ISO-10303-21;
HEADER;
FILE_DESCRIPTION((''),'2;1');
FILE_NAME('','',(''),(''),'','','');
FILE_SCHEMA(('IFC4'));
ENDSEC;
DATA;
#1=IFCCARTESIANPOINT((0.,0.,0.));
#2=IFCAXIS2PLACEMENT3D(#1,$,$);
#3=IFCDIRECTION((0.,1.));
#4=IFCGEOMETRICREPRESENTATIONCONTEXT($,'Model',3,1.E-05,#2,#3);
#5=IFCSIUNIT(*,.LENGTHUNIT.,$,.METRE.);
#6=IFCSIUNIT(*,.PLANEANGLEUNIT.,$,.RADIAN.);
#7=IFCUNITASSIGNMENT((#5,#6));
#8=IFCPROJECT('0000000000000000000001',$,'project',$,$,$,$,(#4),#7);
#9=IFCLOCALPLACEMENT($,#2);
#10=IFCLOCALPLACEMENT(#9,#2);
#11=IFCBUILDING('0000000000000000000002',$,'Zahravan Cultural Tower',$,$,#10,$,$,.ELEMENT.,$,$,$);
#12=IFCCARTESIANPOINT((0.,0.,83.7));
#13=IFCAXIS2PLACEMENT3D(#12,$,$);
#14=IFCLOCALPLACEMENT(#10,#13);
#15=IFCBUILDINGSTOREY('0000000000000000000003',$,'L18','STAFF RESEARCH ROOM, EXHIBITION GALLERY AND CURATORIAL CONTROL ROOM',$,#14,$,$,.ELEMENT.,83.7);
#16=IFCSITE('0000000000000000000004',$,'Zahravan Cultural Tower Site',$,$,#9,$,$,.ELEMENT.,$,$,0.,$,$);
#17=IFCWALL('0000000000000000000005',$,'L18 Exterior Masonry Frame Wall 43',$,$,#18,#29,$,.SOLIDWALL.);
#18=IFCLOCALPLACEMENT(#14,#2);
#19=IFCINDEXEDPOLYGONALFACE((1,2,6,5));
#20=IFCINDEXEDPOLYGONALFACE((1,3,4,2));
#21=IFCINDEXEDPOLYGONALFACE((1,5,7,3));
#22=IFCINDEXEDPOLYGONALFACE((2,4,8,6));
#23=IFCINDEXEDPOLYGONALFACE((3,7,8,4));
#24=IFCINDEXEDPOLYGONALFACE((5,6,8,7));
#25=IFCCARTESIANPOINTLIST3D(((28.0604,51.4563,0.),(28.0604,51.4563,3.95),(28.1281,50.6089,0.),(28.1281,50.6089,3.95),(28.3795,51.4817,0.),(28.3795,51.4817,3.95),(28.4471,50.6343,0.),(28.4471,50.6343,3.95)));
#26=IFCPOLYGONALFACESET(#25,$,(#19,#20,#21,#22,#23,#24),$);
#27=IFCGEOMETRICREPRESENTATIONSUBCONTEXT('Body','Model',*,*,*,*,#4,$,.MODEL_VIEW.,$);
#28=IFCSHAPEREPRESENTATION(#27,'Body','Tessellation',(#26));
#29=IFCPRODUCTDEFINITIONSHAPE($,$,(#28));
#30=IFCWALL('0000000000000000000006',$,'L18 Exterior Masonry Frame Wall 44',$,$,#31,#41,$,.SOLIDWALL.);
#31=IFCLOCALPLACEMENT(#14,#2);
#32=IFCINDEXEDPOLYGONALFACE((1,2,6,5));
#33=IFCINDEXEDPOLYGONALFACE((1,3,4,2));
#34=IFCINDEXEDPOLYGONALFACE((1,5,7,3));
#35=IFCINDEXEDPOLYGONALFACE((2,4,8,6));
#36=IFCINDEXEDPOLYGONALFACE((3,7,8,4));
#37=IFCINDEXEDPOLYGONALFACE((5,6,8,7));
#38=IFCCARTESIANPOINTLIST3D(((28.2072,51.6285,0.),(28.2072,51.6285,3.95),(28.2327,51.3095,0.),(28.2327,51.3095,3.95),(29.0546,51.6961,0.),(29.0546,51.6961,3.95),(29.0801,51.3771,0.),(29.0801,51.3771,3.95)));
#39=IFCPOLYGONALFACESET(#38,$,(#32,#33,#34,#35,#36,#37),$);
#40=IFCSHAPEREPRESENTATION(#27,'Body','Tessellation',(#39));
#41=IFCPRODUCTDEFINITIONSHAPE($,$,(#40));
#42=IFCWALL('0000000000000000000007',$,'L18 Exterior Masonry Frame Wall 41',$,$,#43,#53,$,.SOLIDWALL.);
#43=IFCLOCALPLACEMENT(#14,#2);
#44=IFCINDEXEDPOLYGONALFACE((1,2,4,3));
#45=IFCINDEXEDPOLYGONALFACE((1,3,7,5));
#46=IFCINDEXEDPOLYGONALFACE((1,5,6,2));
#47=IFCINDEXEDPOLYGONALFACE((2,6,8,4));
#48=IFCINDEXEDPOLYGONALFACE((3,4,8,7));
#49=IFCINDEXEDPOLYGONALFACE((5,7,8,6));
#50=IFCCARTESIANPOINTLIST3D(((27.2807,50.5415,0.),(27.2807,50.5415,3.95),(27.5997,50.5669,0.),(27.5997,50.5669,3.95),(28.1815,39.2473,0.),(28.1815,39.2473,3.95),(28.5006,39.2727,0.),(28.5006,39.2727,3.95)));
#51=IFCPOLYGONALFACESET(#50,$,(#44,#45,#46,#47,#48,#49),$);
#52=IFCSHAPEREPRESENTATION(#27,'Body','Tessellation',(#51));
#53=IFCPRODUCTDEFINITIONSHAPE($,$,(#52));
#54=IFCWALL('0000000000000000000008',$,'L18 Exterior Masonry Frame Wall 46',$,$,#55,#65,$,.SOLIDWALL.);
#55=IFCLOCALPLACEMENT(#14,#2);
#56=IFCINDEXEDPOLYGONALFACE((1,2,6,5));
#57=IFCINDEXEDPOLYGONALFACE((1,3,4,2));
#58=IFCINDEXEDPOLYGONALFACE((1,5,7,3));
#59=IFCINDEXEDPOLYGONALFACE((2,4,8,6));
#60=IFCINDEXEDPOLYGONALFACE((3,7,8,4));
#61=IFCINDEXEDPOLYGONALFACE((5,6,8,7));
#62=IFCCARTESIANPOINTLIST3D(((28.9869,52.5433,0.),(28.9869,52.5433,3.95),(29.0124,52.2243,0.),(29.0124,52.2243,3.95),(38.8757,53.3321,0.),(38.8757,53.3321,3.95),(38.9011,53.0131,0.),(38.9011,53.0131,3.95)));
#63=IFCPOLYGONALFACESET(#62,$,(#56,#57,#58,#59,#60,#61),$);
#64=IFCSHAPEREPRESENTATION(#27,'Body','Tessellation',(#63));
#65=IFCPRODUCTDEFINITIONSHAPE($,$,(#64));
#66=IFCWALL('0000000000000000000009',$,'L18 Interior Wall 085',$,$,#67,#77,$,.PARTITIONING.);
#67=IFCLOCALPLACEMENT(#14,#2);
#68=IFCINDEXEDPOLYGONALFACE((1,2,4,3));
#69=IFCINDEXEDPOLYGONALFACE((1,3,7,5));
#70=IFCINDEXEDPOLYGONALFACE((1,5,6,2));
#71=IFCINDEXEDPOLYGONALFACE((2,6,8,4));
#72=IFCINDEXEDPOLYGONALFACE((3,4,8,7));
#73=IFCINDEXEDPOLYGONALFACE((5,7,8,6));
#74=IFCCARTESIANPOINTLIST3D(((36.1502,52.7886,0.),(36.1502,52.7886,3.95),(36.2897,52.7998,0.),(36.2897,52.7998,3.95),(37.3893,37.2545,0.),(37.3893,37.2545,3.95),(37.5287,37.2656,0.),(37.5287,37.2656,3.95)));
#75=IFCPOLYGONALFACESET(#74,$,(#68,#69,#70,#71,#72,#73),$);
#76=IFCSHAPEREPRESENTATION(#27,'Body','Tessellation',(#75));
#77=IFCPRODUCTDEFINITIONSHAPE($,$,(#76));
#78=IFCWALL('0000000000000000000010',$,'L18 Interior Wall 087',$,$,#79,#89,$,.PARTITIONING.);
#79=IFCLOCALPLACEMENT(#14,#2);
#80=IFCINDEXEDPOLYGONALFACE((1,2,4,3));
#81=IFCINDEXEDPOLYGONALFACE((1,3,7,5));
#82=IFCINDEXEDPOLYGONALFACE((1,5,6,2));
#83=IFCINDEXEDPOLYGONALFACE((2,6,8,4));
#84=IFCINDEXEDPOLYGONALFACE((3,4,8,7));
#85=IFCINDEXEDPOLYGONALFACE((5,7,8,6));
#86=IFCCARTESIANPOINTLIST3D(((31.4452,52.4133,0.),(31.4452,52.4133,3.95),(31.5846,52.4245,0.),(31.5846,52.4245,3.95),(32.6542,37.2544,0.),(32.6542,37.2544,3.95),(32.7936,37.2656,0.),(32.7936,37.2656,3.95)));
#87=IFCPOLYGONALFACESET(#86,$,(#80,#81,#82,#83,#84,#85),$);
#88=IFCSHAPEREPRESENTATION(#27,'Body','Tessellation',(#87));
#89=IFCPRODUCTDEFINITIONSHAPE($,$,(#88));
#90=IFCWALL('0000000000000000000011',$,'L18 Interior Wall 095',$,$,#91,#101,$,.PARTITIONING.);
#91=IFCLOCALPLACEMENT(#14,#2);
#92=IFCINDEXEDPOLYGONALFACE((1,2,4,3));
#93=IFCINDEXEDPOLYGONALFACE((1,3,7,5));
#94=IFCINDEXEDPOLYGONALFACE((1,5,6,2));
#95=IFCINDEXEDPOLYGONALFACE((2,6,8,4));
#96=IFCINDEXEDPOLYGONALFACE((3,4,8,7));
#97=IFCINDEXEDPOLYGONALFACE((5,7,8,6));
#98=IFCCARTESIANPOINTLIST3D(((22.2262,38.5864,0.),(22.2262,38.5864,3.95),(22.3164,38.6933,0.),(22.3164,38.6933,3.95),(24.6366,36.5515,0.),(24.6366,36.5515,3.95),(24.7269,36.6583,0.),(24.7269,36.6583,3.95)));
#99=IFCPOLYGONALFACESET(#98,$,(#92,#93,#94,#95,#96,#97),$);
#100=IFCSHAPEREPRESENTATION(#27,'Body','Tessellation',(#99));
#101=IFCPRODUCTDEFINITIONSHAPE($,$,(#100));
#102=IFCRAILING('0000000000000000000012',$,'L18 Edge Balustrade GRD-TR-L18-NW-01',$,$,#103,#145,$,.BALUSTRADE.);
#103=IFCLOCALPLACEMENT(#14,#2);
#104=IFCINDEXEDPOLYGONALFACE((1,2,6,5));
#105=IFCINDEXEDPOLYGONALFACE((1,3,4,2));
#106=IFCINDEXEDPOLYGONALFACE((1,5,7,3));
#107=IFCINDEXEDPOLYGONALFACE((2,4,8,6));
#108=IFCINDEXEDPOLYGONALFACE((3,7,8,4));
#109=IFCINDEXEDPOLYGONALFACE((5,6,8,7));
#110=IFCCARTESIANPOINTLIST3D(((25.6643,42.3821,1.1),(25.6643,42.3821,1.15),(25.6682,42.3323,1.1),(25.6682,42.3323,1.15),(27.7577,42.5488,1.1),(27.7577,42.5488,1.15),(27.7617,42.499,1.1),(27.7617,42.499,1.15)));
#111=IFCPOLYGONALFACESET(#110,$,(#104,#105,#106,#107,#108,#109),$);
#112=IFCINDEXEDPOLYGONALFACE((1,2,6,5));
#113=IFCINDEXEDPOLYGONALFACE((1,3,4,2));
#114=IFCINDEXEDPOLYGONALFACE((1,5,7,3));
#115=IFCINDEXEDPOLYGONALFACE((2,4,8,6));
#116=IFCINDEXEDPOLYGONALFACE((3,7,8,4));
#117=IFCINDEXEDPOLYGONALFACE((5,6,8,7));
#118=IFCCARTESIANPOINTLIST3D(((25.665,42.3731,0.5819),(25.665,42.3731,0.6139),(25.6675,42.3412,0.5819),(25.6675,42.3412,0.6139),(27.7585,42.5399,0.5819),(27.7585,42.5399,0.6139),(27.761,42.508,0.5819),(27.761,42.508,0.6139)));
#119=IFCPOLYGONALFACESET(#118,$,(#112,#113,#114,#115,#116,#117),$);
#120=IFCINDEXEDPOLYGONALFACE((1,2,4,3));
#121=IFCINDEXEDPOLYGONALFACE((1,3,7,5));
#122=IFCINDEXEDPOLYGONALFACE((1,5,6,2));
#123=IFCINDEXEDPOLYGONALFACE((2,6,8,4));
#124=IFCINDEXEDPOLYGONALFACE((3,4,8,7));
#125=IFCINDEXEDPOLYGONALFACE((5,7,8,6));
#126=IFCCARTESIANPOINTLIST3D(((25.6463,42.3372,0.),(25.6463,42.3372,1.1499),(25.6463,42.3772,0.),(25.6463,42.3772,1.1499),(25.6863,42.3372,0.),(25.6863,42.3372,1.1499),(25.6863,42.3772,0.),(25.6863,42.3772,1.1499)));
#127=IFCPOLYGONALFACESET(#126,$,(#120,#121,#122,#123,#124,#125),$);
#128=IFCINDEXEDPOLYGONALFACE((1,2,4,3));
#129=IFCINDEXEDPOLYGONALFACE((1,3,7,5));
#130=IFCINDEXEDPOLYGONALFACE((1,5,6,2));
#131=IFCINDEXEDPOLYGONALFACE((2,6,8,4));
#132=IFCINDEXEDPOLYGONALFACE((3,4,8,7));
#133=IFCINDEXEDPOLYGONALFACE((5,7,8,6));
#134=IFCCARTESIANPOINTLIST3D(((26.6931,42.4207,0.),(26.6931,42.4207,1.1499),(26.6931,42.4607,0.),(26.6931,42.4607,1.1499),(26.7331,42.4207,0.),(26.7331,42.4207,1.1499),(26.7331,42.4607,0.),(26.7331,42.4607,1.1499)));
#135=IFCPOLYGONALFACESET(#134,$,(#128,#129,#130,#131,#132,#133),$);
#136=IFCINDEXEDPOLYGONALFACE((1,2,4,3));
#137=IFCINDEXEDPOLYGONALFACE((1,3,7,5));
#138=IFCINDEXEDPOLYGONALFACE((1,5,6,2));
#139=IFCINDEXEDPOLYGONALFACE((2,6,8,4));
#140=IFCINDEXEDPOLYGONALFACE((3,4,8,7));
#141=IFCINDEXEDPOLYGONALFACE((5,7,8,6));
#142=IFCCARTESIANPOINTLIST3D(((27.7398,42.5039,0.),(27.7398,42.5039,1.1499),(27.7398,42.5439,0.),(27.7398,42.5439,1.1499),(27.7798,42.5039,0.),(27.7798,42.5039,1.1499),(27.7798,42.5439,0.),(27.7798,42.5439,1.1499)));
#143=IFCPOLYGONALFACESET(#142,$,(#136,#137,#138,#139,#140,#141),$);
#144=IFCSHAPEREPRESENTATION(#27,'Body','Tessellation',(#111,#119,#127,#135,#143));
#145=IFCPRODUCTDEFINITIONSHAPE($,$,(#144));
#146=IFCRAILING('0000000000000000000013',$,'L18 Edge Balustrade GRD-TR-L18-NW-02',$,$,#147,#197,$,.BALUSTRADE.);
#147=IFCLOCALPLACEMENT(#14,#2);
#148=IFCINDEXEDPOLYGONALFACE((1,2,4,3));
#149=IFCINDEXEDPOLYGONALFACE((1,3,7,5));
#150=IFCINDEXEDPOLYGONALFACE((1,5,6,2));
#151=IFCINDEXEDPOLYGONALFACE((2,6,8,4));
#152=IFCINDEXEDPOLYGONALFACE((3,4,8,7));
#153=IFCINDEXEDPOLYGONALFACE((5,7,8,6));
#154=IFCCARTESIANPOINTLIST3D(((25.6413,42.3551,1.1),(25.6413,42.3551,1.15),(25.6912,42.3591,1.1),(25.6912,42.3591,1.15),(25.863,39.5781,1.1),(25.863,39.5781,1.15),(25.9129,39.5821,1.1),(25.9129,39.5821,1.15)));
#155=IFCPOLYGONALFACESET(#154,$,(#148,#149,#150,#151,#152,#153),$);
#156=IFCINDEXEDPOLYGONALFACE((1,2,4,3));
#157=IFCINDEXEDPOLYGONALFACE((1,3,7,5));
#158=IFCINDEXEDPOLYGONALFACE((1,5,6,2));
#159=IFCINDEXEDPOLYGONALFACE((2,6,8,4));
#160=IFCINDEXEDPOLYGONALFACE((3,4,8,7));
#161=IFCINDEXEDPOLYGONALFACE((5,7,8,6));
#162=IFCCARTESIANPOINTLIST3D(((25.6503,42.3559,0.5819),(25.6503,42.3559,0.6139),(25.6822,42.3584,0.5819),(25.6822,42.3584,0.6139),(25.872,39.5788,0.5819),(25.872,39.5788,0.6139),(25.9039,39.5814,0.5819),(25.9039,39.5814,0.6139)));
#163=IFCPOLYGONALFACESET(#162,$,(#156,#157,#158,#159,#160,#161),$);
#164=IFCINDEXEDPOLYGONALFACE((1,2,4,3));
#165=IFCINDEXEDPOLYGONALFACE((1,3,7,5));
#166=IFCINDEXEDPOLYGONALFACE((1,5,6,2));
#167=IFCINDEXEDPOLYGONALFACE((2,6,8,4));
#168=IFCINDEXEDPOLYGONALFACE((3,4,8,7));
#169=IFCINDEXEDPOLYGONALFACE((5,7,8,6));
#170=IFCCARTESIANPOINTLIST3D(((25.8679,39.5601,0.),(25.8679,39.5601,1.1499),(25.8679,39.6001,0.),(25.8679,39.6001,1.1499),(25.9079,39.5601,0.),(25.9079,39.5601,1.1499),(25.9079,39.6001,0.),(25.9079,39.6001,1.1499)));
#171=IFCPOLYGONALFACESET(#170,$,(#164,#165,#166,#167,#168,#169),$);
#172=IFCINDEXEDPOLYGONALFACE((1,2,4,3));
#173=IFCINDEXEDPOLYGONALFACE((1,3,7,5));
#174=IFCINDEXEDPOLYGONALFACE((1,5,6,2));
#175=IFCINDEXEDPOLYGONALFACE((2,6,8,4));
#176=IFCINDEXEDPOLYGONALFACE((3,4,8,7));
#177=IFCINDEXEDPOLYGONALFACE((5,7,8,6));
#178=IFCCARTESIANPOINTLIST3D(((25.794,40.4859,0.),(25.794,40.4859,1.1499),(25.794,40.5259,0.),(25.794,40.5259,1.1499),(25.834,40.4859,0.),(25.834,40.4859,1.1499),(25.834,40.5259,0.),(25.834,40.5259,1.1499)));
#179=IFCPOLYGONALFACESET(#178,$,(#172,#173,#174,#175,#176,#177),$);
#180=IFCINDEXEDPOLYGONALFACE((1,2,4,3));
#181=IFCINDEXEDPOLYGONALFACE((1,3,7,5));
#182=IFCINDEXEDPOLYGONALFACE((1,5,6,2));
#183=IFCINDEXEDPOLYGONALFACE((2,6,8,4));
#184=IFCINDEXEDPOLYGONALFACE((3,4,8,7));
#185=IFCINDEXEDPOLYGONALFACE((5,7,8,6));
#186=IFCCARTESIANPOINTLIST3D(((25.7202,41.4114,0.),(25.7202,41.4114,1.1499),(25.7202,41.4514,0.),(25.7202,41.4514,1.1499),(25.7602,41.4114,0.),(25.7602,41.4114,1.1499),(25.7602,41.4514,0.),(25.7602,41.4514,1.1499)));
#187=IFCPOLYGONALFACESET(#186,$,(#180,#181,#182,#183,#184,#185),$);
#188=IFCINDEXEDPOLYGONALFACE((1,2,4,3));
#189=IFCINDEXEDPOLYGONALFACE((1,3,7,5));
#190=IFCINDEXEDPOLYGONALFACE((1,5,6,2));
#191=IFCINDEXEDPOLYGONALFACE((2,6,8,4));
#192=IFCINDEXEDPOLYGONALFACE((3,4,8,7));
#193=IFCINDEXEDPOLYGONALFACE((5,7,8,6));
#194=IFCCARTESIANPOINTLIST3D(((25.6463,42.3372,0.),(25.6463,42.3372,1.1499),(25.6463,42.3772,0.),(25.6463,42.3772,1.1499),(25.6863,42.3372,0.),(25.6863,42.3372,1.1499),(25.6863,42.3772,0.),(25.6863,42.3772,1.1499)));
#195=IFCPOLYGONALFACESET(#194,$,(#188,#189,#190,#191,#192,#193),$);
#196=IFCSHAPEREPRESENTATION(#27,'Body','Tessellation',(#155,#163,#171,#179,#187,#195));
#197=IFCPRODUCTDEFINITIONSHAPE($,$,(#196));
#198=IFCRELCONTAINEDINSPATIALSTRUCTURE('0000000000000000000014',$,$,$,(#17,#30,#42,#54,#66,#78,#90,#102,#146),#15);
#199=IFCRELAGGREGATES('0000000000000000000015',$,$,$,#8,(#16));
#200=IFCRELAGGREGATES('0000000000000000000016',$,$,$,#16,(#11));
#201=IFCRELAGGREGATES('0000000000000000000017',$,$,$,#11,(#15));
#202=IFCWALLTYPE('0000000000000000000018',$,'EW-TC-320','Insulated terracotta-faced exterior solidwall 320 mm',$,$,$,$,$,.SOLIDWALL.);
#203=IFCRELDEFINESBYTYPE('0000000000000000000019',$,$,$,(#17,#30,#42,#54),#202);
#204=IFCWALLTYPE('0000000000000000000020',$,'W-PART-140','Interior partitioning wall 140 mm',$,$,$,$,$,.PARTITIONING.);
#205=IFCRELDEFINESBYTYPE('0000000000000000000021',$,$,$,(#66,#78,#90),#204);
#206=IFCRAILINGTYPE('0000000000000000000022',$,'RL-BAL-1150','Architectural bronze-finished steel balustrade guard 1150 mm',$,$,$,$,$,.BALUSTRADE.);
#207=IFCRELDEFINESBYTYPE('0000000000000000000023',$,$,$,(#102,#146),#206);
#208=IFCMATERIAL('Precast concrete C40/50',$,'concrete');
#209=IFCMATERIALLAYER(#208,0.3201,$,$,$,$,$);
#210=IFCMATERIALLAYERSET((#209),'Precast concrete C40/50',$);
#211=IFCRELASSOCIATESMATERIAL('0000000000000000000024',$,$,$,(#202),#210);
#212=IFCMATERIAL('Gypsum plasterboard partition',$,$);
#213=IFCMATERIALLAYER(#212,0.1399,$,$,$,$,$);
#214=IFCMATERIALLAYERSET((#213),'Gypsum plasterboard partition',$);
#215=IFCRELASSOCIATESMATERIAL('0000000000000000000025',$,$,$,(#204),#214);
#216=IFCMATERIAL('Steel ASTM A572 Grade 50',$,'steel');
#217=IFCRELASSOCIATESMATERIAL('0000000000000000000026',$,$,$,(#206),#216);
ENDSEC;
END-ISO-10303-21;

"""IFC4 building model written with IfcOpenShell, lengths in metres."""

from ifc_helpers import new_model, si_unit, direction, frame, frame_2d, origin, origin_2d, place, context, subcontext, project, spatial, rectangle, extrude, source, transform, mapped, material, layer, layer_set, type_object, element, save


model = new_model("IFC4")

# Units and contexts
model_context = context("Model", 3, precision=1e-05, world=origin(), true_north=direction((0.0, 1.0)))
body_context = subcontext(model_context, "Body", "Model", "MODEL_VIEW")
ifc_project = project(units=[si_unit("LENGTHUNIT", "METRE"), si_unit("PLANEANGLEUNIT", "RADIAN")], contexts=[model_context])

# Site, building, storey
site_placement = place(None, origin())
site = spatial("IfcSite", under=ifc_project, at=site_placement, Name="Zahravan Cultural Tower Site", CompositionType="ELEMENT", RefElevation=0.0)
building_placement = place(site_placement, origin())
building = spatial("IfcBuilding", under=site, at=building_placement, Name="Zahravan Cultural Tower", CompositionType="ELEMENT")
storey_placement = place(building_placement, frame((0.0, 0.0, 83.7)))
storey = spatial("IfcBuildingStorey", under=building, at=storey_placement, Name="L18", Description="STAFF RESEARCH ROOM, EXHIBITION GALLERY AND CURATORIAL CONTROL ROOM", CompositionType="ELEMENT", Elevation=83.7)

# Shared definitions
ifc_material_1 = material(Name="Precast concrete C40/50", Category="concrete")
ifc_layer_1 = layer(ifc_material_1, 0.3201)
ifc_layer_set_1 = layer_set([ifc_layer_1], Name="Precast concrete C40/50")
wall_type_1 = type_object("IfcWallType", Name="EW-TC-320", Description="Insulated terracotta-faced exterior solidwall 320 mm", PredefinedType="SOLIDWALL", material=ifc_layer_set_1)
ifc_material_2 = material(Name="Gypsum plasterboard partition")
ifc_layer_2 = layer(ifc_material_2, 0.1399)
ifc_layer_set_2 = layer_set([ifc_layer_2], Name="Gypsum plasterboard partition")
wall_type_2 = type_object("IfcWallType", Name="W-PART-140", Description="Interior partitioning wall 140 mm", PredefinedType="PARTITIONING", material=ifc_layer_set_2)

# Walls
shared_shape_1 = source(origin(), body_context, "Body", "SweptSolid", [
    extrude(rectangle(XDim=0.8501, YDim=0.3201, at=frame_2d((0.425, 0.0))), origin(), (0.0, 0.0, 1.0), 3.95),
])
for number, where, z_axis, x_axis, name in (
    (1, (28.2876, 50.6216, 0.0), (0.0, 0.0, 1.0), (-0.079551, 0.996831, 0.0), "L18 Exterior Masonry Frame Wall 43"),
    (2, (28.22, 51.469, 0.0), (0.0, 0.0, 1.0), (0.996831, 0.079551, 0.0), "L18 Exterior Masonry Frame Wall 44"),
):
    element("IfcWall", number, at=place(storey_placement, frame(where, z_axis=z_axis, x_axis=x_axis)), inside=storey, type_object=wall_type_1, Name=name, PredefinedType="SOLIDWALL", context=body_context, shape_type="MappedRepresentation", body=[
        mapped(shared_shape_1, transform((0.0, 0.0, 0.0), x_axis=(1.0, 0.0, 0.0), y_axis=(0.0, 1.0, 0.0), z_axis=(0.0, 0.0, 1.0), scale=1.0)),
    ])
shared_shape_2 = source(origin(), body_context, "Body", "SweptSolid", [
    extrude(rectangle(XDim=11.3301, YDim=0.3201, at=frame_2d((5.665, 0.0))), origin(), (0.0, 0.0, 1.0), 3.95),
])
wall_1_placement = place(storey_placement, frame((28.3411, 39.26, 0.0), z_axis=(0.0, 0.0, 1.0), x_axis=(-0.079512, 0.996834, 0.0)))
element("IfcWall", 3, at=wall_1_placement, inside=storey, type_object=wall_type_1, Name="L18 Exterior Masonry Frame Wall 41", PredefinedType="SOLIDWALL", context=body_context, shape_type="MappedRepresentation", body=[
    mapped(shared_shape_2, transform((0.0, 0.0, 0.0), x_axis=(1.0, 0.0, 0.0), y_axis=(0.0, 1.0, 0.0), z_axis=(0.0, 0.0, 1.0), scale=1.0)),
])
shared_shape_3 = source(origin(), body_context, "Body", "SweptSolid", [
    extrude(rectangle(XDim=9.9202, YDim=0.3201, at=frame_2d((4.96, 0.0))), origin(), (0.0, 0.0, 1.0), 3.95),
])
wall_2_placement = place(storey_placement, frame((28.9998, 52.3838, 0.0), z_axis=(0.0, 0.0, 1.0), x_axis=(0.996833, 0.079517, 0.0)))
element("IfcWall", 4, at=wall_2_placement, inside=storey, type_object=wall_type_1, Name="L18 Exterior Masonry Frame Wall 46", PredefinedType="SOLIDWALL", context=body_context, shape_type="MappedRepresentation", body=[
    mapped(shared_shape_3, transform((0.0, 0.0, 0.0), x_axis=(1.0, 0.0, 0.0), y_axis=(0.0, 1.0, 0.0), z_axis=(0.0, 0.0, 1.0), scale=1.0)),
])
shared_shape_4 = source(origin(), body_context, "Body", "SweptSolid", [
    extrude(rectangle(XDim=15.5835, YDim=0.1399, at=frame_2d((7.7917, 0.0))), origin(), (0.0, 0.0, 1.0), 3.95),
])
wall_3_placement = place(storey_placement, frame((36.22, 52.7942, 0.0), z_axis=(0.0, 0.0, 1.0), x_axis=(0.079508, -0.996834, 0.0)))
element("IfcWall", 5, at=wall_3_placement, inside=storey, type_object=wall_type_2, Name="L18 Interior Wall 085", PredefinedType="PARTITIONING", context=body_context, shape_type="MappedRepresentation", body=[
    mapped(shared_shape_4, transform((0.0, 0.0, 0.0), x_axis=(1.0, 0.0, 0.0), y_axis=(0.0, 1.0, 0.0), z_axis=(0.0, 0.0, 1.0), scale=1.0)),
])
shared_shape_5 = source(origin(), body_context, "Body", "SweptSolid", [
    extrude(rectangle(XDim=15.207, YDim=0.1399, at=frame_2d((7.6035, 0.0))), origin(), (0.0, 0.0, 1.0), 3.95),
])
wall_4_placement = place(storey_placement, frame((32.7239, 37.26, 0.0), z_axis=(0.0, 0.0, 1.0), x_axis=(-0.079501, 0.996835, 0.0)))
element("IfcWall", 6, at=wall_4_placement, inside=storey, type_object=wall_type_2, Name="L18 Interior Wall 087", PredefinedType="PARTITIONING", context=body_context, shape_type="MappedRepresentation", body=[
    mapped(shared_shape_5, transform((0.0, 0.0, 0.0), x_axis=(1.0, 0.0, 0.0), y_axis=(0.0, 1.0, 0.0), z_axis=(0.0, 0.0, 1.0), scale=1.0)),
])
shared_shape_6 = source(origin(), body_context, "Body", "SweptSolid", [
    extrude(rectangle(XDim=3.1545, YDim=0.1399, at=frame_2d((1.5771, 0.0))), origin(), (0.0, 0.0, 1.0), 3.95),
])
wall_5_placement = place(storey_placement, frame((24.6816, 36.605, 0.0), z_axis=(0.0, 0.0, 1.0), x_axis=(-0.764114, 0.645081, 0.0)))
element("IfcWall", 7, at=wall_5_placement, inside=storey, type_object=wall_type_2, Name="L18 Interior Wall 095", PredefinedType="PARTITIONING", context=body_context, shape_type="MappedRepresentation", body=[
    mapped(shared_shape_6, transform((0.0, 0.0, 0.0), x_axis=(1.0, 0.0, 0.0), y_axis=(0.0, 1.0, 0.0), z_axis=(0.0, 0.0, 1.0), scale=1.0)),
])

# Railings
ifc_material_3 = material(Name="Steel ASTM A572 Grade 50", Category="steel")
railing_type = type_object("IfcRailingType", Name="RL-BAL-1150", Description="Architectural bronze-finished steel balustrade guard 1150 mm", PredefinedType="BALUSTRADE", material=ifc_material_3)
railing_1_placement = place(storey_placement, frame((25.6663, 42.3572, 0.0)))
element("IfcRailing", 8, at=railing_1_placement, inside=storey, type_object=railing_type, Name="L18 Edge Balustrade GRD-TR-L18-NW-01", PredefinedType="BALUSTRADE", context=body_context, shape_type="SweptSolid", body=[
    extrude(rectangle(XDim=0.05, YDim=0.05, at=origin_2d()), frame((0.0, 0.0, 1.125), z_axis=(0.996843, 0.079399, 0.0), x_axis=(-0.079399, 0.996843, 0.0)), (0.0, 0.0, 1.0), 2.1001),
    extrude(rectangle(XDim=0.032, YDim=0.032, at=origin_2d()), frame((0.0, 0.0, 0.5979), z_axis=(0.996843, 0.079399, 0.0), x_axis=(-0.079399, 0.996843, 0.0)), (0.0, 0.0, 1.0), 2.1001),
    extrude(rectangle(XDim=0.04, YDim=0.04, at=origin_2d()), origin(), (0.0, 0.0, 1.0), 1.1499),
    extrude(rectangle(XDim=0.04, YDim=0.04, at=origin_2d()), frame((1.0469, 0.0835, 0.0)), (0.0, 0.0, 1.0), 1.1499),
    extrude(rectangle(XDim=0.04, YDim=0.04, at=origin_2d()), frame((2.0935, 0.1667, 0.0)), (0.0, 0.0, 1.0), 1.1499),
])
railing_2_placement = place(storey_placement, frame((25.8879, 39.5801, 0.0)))
element("IfcRailing", 9, at=railing_2_placement, inside=storey, type_object=railing_type, Name="L18 Edge Balustrade GRD-TR-L18-NW-02", PredefinedType="BALUSTRADE", context=body_context, shape_type="SweptSolid", body=[
    extrude(rectangle(XDim=0.05, YDim=0.05, at=origin_2d()), frame((0.0, 0.0, 1.125), z_axis=(-0.079571, 0.996829, 0.0), x_axis=(-0.996829, -0.079571, 0.0)), (0.0, 0.0, 1.0), 2.7859),
    extrude(rectangle(XDim=0.032, YDim=0.032, at=origin_2d()), frame((0.0, 0.0, 0.5979), z_axis=(-0.079571, 0.996829, 0.0), x_axis=(-0.996829, -0.079571, 0.0)), (0.0, 0.0, 1.0), 2.7859),
    extrude(rectangle(XDim=0.04, YDim=0.04, at=origin_2d()), origin(), (0.0, 0.0, 1.0), 1.1499),
    extrude(rectangle(XDim=0.04, YDim=0.04, at=origin_2d()), frame((-0.074, 0.9258, 0.0)), (0.0, 0.0, 1.0), 1.1499),
    extrude(rectangle(XDim=0.04, YDim=0.04, at=origin_2d()), frame((-0.1477, 1.8513, 0.0)), (0.0, 0.0, 1.0), 1.1499),
    extrude(rectangle(XDim=0.04, YDim=0.04, at=origin_2d()), frame((-0.2217, 2.7771, 0.0)), (0.0, 0.0, 1.0), 1.1499),
])

save(model, "model.ifc")
